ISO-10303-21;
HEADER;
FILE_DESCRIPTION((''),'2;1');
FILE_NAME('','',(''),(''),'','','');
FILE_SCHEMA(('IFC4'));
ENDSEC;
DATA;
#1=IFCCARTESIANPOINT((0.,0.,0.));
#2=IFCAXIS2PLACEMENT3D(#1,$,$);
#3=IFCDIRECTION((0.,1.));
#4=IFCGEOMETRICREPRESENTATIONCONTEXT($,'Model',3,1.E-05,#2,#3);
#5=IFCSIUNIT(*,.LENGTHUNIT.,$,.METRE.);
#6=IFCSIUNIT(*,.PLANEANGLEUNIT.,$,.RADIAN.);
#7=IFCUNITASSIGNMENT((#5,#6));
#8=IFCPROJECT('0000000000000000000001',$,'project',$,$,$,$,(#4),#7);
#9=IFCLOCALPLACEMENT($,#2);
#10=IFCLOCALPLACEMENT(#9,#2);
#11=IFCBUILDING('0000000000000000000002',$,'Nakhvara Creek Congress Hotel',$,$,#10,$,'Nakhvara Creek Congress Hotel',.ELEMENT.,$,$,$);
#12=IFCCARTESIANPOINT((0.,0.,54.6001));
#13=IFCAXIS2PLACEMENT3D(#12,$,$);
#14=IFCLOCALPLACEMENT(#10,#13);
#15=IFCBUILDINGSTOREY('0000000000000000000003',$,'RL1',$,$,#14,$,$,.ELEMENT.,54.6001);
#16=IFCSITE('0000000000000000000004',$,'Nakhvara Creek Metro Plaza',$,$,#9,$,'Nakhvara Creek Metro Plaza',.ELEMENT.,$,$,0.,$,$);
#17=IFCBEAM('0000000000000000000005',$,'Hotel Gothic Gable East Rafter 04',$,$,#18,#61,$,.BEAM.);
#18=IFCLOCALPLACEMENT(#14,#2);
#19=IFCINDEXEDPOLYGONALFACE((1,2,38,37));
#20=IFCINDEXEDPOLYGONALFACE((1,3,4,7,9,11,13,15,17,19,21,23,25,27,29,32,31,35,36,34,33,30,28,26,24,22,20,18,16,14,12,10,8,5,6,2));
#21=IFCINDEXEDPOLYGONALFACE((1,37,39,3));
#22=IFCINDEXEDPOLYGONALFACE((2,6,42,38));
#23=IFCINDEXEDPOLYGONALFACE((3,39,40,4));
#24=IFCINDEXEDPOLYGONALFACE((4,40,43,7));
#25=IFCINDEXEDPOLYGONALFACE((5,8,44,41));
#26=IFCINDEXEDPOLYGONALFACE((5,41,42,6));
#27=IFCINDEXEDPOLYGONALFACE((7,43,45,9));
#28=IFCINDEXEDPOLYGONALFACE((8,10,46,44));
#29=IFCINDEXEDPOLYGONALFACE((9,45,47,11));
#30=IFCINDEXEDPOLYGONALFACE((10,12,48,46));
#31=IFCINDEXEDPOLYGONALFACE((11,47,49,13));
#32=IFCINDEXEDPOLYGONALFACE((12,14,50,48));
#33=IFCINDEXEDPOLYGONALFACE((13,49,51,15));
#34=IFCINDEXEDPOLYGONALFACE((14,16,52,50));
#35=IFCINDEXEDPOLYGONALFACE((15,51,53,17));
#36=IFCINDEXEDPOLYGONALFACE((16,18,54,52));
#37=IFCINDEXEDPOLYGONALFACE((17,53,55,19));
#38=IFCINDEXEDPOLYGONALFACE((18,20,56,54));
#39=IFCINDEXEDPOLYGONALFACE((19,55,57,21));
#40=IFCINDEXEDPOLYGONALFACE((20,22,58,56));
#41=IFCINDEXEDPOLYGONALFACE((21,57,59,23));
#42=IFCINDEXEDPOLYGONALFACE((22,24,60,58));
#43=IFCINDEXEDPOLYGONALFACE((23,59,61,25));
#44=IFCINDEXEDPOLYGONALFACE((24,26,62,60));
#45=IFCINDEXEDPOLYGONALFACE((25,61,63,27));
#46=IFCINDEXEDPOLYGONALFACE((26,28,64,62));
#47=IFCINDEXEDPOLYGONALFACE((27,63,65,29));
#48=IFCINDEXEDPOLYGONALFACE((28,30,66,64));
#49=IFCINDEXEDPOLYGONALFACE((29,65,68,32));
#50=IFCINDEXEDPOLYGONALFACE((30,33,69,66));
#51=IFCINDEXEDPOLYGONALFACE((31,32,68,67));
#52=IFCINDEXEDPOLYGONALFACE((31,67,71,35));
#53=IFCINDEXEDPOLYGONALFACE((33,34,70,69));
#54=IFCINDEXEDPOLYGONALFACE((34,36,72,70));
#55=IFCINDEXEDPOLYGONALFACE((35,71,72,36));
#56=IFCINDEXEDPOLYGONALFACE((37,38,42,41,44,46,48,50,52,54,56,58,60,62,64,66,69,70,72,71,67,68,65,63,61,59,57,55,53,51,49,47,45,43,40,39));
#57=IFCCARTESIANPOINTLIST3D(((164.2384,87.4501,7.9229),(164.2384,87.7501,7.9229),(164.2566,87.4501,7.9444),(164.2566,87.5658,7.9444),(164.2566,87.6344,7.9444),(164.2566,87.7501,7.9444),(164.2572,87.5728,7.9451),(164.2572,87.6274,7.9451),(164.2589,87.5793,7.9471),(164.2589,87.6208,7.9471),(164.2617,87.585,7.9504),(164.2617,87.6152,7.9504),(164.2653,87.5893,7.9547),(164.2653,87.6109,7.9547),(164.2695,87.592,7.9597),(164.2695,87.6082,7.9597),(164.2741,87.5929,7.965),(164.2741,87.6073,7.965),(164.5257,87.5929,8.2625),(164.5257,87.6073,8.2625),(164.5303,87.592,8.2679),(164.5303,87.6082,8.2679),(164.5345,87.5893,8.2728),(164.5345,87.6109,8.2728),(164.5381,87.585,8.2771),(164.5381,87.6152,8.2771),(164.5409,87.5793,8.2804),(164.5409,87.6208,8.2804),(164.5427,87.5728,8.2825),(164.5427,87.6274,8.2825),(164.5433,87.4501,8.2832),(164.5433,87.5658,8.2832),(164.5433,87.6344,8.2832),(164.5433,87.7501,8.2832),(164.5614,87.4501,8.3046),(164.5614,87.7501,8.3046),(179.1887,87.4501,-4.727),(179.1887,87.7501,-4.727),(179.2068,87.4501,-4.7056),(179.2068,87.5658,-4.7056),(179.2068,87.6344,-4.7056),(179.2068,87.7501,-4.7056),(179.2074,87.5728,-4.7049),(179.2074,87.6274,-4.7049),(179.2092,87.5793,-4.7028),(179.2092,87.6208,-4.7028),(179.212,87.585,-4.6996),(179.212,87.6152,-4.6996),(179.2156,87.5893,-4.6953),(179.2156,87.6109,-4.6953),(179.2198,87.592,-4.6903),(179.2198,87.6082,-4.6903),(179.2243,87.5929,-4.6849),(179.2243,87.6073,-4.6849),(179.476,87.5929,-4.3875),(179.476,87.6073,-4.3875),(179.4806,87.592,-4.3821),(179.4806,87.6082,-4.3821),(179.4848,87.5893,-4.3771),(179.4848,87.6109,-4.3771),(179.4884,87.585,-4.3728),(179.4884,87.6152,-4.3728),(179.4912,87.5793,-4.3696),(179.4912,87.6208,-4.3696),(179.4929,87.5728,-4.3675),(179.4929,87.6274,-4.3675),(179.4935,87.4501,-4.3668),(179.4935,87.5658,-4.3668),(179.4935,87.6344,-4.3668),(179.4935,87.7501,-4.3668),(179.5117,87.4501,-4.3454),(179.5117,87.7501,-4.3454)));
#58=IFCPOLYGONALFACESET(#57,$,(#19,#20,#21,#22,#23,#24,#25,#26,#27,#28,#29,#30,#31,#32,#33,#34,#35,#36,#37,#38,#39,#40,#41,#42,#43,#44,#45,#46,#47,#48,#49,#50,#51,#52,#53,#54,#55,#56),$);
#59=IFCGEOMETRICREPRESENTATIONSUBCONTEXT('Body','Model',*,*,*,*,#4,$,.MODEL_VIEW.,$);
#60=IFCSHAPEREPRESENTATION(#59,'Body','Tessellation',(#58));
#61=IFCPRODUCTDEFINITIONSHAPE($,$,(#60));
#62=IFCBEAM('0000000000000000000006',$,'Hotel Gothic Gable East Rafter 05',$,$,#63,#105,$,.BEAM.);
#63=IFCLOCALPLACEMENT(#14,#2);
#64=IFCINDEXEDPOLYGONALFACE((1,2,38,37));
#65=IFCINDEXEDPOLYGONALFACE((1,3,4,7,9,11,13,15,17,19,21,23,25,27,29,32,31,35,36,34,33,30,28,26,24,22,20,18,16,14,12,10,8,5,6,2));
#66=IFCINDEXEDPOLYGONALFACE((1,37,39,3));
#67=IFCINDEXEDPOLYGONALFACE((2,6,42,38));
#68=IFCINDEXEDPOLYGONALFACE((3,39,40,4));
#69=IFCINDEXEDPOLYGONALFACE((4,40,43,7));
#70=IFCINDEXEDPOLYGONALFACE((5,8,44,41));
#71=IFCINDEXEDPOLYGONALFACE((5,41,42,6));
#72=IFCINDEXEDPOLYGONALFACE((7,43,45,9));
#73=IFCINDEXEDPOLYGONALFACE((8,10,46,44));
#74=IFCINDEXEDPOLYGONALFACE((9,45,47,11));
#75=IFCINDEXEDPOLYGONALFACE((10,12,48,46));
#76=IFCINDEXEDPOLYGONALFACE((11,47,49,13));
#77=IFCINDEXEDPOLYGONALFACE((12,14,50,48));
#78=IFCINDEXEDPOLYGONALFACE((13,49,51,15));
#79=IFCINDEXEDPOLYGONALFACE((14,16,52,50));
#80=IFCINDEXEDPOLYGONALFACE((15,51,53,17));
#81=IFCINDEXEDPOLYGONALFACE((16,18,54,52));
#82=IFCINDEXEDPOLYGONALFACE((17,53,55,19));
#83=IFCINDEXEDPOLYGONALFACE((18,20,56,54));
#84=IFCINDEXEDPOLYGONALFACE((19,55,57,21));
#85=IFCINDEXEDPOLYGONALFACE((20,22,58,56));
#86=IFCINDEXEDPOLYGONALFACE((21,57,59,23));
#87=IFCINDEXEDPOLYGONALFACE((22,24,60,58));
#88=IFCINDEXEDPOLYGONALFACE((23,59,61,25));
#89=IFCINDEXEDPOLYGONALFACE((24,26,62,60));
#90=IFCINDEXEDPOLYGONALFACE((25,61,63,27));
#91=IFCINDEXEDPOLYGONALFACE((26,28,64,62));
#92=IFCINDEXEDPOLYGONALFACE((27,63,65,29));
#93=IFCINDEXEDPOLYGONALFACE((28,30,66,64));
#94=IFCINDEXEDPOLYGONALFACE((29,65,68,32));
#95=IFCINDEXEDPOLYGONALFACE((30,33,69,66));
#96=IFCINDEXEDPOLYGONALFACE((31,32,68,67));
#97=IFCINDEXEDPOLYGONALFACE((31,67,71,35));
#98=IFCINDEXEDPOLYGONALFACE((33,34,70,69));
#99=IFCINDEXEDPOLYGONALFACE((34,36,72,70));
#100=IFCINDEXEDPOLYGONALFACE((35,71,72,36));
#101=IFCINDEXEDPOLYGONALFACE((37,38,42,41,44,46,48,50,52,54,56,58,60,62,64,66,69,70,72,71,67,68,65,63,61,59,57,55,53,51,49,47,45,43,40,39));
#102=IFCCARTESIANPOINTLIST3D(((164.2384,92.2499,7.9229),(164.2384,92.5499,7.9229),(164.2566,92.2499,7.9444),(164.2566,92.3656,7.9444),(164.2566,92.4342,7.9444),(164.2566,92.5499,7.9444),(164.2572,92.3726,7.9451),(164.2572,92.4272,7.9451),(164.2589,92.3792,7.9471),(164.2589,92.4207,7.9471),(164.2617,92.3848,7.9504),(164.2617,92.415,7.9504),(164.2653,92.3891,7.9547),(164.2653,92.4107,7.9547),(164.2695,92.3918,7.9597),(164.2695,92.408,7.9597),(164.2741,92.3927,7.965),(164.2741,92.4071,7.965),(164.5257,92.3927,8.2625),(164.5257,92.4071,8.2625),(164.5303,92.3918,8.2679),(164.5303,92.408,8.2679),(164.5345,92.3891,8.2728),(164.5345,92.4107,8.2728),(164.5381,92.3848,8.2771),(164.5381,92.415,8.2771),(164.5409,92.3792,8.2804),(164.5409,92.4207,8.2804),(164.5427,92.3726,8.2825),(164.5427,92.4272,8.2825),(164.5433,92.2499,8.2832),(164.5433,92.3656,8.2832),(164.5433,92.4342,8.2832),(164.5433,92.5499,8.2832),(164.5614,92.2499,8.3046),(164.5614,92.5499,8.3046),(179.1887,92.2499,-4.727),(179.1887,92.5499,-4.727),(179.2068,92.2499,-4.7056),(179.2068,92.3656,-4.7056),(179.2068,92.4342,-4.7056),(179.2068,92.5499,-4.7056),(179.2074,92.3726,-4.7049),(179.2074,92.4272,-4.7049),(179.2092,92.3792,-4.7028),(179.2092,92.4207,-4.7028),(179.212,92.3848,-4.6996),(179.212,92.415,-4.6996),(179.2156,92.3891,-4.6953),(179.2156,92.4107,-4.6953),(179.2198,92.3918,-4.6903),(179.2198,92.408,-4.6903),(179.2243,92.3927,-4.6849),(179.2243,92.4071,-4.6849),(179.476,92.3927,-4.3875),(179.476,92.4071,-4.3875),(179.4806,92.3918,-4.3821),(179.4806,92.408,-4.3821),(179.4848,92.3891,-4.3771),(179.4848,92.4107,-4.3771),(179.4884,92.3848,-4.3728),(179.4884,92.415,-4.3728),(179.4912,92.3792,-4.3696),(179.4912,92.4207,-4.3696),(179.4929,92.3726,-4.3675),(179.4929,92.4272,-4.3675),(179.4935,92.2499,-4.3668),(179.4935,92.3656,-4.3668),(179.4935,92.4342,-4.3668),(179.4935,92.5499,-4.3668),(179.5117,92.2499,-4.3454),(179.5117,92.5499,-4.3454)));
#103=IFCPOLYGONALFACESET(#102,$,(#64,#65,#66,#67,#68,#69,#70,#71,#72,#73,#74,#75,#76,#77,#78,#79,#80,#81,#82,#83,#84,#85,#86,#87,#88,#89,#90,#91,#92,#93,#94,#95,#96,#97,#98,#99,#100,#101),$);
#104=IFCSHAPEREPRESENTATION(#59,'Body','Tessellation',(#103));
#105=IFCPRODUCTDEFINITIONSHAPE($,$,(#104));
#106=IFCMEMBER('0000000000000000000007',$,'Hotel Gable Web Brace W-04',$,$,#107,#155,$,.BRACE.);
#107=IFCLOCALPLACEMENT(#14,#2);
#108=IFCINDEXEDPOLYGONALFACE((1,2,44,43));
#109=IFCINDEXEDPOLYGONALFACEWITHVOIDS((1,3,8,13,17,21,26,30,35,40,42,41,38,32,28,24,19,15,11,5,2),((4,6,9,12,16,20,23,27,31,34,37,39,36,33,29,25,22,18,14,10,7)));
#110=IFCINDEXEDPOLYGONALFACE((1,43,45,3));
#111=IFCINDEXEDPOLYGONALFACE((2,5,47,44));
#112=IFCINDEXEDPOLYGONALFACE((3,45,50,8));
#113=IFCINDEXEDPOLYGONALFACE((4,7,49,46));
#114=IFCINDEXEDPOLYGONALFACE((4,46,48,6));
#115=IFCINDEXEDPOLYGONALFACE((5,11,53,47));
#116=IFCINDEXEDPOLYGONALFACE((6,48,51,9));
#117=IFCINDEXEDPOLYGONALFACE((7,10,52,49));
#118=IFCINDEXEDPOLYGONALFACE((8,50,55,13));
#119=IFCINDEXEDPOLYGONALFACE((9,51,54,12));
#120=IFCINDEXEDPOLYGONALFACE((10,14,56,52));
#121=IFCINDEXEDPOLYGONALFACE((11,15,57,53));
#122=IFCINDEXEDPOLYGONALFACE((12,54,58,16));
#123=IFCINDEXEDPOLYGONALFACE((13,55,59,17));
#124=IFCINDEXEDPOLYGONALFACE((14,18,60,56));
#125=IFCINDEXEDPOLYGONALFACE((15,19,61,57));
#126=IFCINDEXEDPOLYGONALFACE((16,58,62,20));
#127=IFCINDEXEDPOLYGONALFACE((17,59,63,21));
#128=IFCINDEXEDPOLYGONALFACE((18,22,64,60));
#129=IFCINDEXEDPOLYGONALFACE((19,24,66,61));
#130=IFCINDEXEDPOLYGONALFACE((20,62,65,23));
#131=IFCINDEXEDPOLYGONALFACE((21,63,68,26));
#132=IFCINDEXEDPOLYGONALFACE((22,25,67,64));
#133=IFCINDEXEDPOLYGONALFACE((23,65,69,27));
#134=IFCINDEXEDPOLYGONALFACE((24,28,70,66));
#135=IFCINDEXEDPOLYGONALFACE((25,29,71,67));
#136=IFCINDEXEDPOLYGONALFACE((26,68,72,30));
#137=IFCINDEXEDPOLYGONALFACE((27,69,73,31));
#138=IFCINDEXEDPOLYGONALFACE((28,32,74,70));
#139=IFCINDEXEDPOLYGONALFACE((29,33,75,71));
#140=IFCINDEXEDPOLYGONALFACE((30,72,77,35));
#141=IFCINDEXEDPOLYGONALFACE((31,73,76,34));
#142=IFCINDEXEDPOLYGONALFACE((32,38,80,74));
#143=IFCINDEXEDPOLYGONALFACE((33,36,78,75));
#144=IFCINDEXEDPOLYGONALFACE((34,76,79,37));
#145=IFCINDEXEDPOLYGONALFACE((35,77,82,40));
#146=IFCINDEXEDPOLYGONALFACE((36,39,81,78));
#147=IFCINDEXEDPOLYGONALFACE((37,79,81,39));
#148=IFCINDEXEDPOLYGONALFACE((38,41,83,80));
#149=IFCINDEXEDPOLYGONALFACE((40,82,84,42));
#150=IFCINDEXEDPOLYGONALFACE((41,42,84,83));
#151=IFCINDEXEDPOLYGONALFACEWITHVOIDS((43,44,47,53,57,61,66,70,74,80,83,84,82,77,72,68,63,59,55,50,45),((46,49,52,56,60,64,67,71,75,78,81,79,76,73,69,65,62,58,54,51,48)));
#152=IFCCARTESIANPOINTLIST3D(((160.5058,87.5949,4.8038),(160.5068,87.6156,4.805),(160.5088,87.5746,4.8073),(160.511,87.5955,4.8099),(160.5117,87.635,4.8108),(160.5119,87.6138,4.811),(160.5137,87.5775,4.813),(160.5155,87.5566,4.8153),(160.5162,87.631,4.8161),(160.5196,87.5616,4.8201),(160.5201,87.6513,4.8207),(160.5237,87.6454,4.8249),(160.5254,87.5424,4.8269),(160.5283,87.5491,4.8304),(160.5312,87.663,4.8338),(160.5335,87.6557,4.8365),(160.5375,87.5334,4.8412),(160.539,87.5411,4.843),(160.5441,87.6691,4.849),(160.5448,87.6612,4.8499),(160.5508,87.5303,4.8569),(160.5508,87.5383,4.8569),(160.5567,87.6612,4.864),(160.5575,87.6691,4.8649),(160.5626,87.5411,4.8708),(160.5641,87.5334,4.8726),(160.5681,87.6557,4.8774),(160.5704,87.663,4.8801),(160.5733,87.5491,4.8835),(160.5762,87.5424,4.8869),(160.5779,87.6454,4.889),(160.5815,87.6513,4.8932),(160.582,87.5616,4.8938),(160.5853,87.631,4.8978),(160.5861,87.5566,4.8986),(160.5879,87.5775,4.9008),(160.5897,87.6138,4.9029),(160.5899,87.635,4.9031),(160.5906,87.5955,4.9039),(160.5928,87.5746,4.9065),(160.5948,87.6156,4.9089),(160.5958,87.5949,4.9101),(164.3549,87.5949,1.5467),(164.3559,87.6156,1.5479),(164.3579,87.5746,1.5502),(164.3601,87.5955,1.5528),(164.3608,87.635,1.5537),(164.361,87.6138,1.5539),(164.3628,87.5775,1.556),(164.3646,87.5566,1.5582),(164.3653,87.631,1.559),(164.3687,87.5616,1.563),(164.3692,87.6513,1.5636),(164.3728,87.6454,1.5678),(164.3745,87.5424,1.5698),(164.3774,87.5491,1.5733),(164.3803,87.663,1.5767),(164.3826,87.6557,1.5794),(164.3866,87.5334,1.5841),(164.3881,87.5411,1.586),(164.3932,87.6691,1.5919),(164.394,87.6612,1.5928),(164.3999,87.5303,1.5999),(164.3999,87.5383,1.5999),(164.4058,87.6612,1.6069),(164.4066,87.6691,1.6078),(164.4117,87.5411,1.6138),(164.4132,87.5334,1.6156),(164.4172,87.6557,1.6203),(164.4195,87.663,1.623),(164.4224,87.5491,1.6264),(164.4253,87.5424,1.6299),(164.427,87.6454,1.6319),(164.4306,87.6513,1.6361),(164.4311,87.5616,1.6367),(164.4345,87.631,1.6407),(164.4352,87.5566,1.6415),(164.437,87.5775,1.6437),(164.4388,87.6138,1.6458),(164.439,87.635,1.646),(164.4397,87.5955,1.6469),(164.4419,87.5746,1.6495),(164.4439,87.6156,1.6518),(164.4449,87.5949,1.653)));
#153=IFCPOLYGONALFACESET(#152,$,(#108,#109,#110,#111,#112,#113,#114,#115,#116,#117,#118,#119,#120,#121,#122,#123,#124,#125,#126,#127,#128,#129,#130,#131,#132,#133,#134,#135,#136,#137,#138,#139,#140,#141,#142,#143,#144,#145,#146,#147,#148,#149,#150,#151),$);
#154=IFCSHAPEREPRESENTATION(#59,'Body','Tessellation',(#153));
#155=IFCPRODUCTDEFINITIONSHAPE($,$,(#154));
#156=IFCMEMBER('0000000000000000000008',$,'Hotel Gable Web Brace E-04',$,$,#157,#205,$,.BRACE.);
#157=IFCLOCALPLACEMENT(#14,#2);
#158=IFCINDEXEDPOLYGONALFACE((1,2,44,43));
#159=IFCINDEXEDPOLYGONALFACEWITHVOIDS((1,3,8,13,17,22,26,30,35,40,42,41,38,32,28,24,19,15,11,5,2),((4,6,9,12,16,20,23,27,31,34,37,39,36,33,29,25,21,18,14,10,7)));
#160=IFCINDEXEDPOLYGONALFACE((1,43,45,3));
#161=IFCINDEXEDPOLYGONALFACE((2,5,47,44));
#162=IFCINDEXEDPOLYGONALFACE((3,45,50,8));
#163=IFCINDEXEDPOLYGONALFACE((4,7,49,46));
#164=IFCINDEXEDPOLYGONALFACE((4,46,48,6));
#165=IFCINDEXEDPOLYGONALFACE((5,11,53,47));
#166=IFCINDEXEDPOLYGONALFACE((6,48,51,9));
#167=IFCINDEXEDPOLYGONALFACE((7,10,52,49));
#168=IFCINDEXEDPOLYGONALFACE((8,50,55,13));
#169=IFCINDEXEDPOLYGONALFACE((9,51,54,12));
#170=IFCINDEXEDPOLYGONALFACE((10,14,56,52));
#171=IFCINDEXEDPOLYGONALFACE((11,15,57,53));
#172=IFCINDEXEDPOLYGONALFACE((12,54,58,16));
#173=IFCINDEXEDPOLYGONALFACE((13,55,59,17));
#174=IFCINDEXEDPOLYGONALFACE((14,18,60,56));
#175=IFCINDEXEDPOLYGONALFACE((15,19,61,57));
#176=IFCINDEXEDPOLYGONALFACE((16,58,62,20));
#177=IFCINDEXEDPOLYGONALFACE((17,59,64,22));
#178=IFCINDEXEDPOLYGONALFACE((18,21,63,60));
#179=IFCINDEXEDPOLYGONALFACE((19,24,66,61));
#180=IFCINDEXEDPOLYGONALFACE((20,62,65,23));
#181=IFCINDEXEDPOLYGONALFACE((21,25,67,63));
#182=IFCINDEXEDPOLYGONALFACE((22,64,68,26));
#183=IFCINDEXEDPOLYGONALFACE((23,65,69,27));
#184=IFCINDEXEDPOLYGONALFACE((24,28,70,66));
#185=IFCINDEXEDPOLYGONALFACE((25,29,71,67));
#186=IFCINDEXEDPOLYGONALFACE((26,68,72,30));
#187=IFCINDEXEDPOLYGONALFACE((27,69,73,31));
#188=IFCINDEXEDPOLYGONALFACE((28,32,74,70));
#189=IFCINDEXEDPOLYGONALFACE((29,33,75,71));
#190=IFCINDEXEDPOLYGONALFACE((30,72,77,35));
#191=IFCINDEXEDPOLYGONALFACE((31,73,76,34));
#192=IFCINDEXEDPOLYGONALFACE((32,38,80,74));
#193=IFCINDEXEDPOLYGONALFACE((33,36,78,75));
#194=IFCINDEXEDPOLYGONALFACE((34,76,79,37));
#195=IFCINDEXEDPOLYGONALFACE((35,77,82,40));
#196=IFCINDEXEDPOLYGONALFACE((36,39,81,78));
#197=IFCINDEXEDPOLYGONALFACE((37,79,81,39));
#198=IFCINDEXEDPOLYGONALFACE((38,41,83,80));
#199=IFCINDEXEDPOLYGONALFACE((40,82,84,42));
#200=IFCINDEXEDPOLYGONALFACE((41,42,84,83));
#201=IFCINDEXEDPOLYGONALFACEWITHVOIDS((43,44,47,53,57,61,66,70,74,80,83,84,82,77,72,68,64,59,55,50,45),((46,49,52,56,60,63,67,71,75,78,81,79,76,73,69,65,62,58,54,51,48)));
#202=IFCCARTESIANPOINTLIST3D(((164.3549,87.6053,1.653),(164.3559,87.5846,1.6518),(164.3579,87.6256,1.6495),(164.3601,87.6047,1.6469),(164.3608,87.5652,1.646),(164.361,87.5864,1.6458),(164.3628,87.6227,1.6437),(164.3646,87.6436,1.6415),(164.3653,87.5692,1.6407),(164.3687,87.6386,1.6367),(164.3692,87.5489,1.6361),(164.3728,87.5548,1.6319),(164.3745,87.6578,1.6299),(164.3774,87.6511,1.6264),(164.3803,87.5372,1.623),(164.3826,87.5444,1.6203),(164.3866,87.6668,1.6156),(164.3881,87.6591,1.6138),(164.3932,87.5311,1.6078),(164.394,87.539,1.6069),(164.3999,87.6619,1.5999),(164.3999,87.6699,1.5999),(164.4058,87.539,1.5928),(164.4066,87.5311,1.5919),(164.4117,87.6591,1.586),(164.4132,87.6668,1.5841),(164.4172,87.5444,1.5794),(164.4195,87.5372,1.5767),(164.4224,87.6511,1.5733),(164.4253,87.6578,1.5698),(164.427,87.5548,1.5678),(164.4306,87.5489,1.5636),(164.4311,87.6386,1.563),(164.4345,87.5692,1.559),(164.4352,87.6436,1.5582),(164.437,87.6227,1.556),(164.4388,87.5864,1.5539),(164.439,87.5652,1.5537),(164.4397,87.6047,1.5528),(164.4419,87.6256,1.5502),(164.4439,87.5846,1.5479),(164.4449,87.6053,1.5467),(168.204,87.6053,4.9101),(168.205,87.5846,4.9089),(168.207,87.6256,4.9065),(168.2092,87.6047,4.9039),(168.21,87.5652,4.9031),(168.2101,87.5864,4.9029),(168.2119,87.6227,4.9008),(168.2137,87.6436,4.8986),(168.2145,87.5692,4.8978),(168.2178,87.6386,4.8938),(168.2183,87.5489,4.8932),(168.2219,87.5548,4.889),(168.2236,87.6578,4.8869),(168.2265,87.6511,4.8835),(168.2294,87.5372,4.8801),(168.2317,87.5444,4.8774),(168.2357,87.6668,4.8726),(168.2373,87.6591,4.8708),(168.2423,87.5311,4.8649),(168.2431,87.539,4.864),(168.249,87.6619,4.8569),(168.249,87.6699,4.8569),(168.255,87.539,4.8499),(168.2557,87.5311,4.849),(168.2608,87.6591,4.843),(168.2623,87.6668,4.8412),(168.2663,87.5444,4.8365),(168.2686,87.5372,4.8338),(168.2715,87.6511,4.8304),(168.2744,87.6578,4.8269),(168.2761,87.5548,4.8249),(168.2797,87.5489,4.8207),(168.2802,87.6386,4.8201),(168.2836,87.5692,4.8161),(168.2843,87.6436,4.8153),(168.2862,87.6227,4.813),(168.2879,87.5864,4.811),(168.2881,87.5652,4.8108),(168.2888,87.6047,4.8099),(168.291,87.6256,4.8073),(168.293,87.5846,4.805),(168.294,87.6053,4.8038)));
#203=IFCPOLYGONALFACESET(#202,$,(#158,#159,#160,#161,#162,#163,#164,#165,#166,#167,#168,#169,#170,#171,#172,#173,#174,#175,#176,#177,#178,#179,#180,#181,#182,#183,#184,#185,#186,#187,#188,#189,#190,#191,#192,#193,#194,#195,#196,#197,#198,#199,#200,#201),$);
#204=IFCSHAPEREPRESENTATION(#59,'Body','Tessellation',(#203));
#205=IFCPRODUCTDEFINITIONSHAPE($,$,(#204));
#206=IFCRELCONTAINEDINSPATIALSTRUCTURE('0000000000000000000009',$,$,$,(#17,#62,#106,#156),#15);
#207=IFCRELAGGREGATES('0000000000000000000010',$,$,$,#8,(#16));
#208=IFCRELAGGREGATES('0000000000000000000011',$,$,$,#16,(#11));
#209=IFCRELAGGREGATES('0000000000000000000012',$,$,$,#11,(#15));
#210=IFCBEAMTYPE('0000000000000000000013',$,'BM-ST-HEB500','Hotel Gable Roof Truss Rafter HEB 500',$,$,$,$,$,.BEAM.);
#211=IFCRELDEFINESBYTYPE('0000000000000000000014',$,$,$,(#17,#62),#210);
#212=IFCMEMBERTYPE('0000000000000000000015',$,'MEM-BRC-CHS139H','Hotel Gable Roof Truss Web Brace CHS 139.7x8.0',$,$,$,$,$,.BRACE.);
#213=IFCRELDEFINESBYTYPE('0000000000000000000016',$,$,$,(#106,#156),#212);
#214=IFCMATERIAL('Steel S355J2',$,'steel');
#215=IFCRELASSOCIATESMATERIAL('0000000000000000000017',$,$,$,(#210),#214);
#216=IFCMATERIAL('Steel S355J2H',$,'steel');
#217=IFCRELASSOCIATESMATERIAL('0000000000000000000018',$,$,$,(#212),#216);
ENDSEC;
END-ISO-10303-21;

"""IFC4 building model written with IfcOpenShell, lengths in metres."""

from ifc_helpers import new_model, si_unit, direction, frame, origin, origin_2d, place, context, subcontext, project, spatial, hollow_circle, i_section, extrude, material, material_profile, profile_set, type_object, element, save


model = new_model("IFC4")

# Units and contexts
model_context = context("Model", 3, precision=1e-05, world=origin(), true_north=direction((0.0, 1.0)))
body_context = subcontext(model_context, "Body", "Model", "MODEL_VIEW")
ifc_project = project(units=[si_unit("LENGTHUNIT", "METRE"), si_unit("PLANEANGLEUNIT", "RADIAN")], contexts=[model_context])

# Site, building, storey
site_placement = place(None, origin())
site = spatial("IfcSite", under=ifc_project, at=site_placement, Name="Nakhvara Creek Metro Plaza", LongName="Nakhvara Creek Metro Plaza", CompositionType="ELEMENT", RefElevation=0.0)
building_placement = place(site_placement, origin())
building = spatial("IfcBuilding", under=site, at=building_placement, Name="Nakhvara Creek Congress Hotel", LongName="Nakhvara Creek Congress Hotel", CompositionType="ELEMENT")
storey_placement = place(building_placement, frame((0.0, 0.0, 54.6001)))
storey = spatial("IfcBuildingStorey", under=building, at=storey_placement, Name="RL1", CompositionType="ELEMENT", Elevation=54.6001)

# Beams
ifc_material_1 = material(Name="Steel S355J2", Category="steel")
ifc_material_profile_1 = material_profile(ifc_material_1, i_section(OverallWidth=0.3, OverallDepth=0.5, WebThickness=0.0144, FlangeThickness=0.0281, FilletRadius=0.0271, at=origin_2d()), Name="HEB 500", Category="LoadBearing")
ifc_profile_set_1 = profile_set([ifc_material_profile_1], Name="Steel S355J2")
beam_type = type_object("IfcBeamType", Name="BM-ST-HEB500", Description="Hotel Gable Roof Truss Rafter HEB 500", PredefinedType="BEAM", material=ifc_profile_set_1)
for number, where, z_axis, x_axis, name in (
    (1, (164.3999, 87.6001, 8.1138), (0.763393, 0.0, -0.645934), (0.0, 1.0, 0.0), "Hotel Gothic Gable East Rafter 04"),
    (2, (164.3999, 92.3999, 8.1138), (0.763393, 0.0, -0.645934), (0.0, 1.0, 0.0), "Hotel Gothic Gable East Rafter 05"),
):
    element("IfcBeam", number, at=place(storey_placement, frame(where, z_axis=z_axis, x_axis=x_axis)), inside=storey, type_object=beam_type, Name=name, PredefinedType="BEAM", context=body_context, shape_type="SweptSolid", body=[
        extrude(i_section(OverallWidth=0.3, OverallDepth=0.5, WebThickness=0.0144, FlangeThickness=0.0281, FilletRadius=0.0271, at=origin_2d()), origin(), (0.0, 0.0, 1.0), 19.584),
    ])

# Members
ifc_material_2 = material(Name="Steel S355J2H", Category="steel")
ifc_material_profile_2 = material_profile(ifc_material_2, hollow_circle(Radius=0.0698, WallThickness=0.0081, at=origin_2d()), Name="CHS 139.7x8.0", Category="LoadBearing")
ifc_profile_set_2 = profile_set([ifc_material_profile_2], Name="Steel S355J2H")
member_type_1 = type_object("IfcMemberType", Name="MEM-BRC-CHS139H", Description="Hotel Gable Roof Truss Web Brace CHS 139.7x8.0", PredefinedType="BRACE", material=ifc_profile_set_2)
for number, where, z_axis, x_axis, name in (
    (3, (164.3999, 87.6001, 1.5999), (-0.763373, 0.0, 0.645957), (0.0, -1.0, 0.0), "Hotel Gable Web Brace W-04"),
    (4, (164.3999, 87.6001, 1.5999), (0.763373, 0.0, 0.645957), (0.0, 1.0, 0.0), "Hotel Gable Web Brace E-04"),
):
    element("IfcMember", number, at=place(storey_placement, frame(where, z_axis=z_axis, x_axis=x_axis)), inside=storey, type_object=member_type_1, Name=name, PredefinedType="BRACE", context=body_context, shape_type="SweptSolid", body=[
        extrude(hollow_circle(Radius=0.0698, WallThickness=0.0081, at=origin_2d()), origin(), (0.0, 0.0, 1.0), 5.0422),
    ])

save(model, "model.ifc")
